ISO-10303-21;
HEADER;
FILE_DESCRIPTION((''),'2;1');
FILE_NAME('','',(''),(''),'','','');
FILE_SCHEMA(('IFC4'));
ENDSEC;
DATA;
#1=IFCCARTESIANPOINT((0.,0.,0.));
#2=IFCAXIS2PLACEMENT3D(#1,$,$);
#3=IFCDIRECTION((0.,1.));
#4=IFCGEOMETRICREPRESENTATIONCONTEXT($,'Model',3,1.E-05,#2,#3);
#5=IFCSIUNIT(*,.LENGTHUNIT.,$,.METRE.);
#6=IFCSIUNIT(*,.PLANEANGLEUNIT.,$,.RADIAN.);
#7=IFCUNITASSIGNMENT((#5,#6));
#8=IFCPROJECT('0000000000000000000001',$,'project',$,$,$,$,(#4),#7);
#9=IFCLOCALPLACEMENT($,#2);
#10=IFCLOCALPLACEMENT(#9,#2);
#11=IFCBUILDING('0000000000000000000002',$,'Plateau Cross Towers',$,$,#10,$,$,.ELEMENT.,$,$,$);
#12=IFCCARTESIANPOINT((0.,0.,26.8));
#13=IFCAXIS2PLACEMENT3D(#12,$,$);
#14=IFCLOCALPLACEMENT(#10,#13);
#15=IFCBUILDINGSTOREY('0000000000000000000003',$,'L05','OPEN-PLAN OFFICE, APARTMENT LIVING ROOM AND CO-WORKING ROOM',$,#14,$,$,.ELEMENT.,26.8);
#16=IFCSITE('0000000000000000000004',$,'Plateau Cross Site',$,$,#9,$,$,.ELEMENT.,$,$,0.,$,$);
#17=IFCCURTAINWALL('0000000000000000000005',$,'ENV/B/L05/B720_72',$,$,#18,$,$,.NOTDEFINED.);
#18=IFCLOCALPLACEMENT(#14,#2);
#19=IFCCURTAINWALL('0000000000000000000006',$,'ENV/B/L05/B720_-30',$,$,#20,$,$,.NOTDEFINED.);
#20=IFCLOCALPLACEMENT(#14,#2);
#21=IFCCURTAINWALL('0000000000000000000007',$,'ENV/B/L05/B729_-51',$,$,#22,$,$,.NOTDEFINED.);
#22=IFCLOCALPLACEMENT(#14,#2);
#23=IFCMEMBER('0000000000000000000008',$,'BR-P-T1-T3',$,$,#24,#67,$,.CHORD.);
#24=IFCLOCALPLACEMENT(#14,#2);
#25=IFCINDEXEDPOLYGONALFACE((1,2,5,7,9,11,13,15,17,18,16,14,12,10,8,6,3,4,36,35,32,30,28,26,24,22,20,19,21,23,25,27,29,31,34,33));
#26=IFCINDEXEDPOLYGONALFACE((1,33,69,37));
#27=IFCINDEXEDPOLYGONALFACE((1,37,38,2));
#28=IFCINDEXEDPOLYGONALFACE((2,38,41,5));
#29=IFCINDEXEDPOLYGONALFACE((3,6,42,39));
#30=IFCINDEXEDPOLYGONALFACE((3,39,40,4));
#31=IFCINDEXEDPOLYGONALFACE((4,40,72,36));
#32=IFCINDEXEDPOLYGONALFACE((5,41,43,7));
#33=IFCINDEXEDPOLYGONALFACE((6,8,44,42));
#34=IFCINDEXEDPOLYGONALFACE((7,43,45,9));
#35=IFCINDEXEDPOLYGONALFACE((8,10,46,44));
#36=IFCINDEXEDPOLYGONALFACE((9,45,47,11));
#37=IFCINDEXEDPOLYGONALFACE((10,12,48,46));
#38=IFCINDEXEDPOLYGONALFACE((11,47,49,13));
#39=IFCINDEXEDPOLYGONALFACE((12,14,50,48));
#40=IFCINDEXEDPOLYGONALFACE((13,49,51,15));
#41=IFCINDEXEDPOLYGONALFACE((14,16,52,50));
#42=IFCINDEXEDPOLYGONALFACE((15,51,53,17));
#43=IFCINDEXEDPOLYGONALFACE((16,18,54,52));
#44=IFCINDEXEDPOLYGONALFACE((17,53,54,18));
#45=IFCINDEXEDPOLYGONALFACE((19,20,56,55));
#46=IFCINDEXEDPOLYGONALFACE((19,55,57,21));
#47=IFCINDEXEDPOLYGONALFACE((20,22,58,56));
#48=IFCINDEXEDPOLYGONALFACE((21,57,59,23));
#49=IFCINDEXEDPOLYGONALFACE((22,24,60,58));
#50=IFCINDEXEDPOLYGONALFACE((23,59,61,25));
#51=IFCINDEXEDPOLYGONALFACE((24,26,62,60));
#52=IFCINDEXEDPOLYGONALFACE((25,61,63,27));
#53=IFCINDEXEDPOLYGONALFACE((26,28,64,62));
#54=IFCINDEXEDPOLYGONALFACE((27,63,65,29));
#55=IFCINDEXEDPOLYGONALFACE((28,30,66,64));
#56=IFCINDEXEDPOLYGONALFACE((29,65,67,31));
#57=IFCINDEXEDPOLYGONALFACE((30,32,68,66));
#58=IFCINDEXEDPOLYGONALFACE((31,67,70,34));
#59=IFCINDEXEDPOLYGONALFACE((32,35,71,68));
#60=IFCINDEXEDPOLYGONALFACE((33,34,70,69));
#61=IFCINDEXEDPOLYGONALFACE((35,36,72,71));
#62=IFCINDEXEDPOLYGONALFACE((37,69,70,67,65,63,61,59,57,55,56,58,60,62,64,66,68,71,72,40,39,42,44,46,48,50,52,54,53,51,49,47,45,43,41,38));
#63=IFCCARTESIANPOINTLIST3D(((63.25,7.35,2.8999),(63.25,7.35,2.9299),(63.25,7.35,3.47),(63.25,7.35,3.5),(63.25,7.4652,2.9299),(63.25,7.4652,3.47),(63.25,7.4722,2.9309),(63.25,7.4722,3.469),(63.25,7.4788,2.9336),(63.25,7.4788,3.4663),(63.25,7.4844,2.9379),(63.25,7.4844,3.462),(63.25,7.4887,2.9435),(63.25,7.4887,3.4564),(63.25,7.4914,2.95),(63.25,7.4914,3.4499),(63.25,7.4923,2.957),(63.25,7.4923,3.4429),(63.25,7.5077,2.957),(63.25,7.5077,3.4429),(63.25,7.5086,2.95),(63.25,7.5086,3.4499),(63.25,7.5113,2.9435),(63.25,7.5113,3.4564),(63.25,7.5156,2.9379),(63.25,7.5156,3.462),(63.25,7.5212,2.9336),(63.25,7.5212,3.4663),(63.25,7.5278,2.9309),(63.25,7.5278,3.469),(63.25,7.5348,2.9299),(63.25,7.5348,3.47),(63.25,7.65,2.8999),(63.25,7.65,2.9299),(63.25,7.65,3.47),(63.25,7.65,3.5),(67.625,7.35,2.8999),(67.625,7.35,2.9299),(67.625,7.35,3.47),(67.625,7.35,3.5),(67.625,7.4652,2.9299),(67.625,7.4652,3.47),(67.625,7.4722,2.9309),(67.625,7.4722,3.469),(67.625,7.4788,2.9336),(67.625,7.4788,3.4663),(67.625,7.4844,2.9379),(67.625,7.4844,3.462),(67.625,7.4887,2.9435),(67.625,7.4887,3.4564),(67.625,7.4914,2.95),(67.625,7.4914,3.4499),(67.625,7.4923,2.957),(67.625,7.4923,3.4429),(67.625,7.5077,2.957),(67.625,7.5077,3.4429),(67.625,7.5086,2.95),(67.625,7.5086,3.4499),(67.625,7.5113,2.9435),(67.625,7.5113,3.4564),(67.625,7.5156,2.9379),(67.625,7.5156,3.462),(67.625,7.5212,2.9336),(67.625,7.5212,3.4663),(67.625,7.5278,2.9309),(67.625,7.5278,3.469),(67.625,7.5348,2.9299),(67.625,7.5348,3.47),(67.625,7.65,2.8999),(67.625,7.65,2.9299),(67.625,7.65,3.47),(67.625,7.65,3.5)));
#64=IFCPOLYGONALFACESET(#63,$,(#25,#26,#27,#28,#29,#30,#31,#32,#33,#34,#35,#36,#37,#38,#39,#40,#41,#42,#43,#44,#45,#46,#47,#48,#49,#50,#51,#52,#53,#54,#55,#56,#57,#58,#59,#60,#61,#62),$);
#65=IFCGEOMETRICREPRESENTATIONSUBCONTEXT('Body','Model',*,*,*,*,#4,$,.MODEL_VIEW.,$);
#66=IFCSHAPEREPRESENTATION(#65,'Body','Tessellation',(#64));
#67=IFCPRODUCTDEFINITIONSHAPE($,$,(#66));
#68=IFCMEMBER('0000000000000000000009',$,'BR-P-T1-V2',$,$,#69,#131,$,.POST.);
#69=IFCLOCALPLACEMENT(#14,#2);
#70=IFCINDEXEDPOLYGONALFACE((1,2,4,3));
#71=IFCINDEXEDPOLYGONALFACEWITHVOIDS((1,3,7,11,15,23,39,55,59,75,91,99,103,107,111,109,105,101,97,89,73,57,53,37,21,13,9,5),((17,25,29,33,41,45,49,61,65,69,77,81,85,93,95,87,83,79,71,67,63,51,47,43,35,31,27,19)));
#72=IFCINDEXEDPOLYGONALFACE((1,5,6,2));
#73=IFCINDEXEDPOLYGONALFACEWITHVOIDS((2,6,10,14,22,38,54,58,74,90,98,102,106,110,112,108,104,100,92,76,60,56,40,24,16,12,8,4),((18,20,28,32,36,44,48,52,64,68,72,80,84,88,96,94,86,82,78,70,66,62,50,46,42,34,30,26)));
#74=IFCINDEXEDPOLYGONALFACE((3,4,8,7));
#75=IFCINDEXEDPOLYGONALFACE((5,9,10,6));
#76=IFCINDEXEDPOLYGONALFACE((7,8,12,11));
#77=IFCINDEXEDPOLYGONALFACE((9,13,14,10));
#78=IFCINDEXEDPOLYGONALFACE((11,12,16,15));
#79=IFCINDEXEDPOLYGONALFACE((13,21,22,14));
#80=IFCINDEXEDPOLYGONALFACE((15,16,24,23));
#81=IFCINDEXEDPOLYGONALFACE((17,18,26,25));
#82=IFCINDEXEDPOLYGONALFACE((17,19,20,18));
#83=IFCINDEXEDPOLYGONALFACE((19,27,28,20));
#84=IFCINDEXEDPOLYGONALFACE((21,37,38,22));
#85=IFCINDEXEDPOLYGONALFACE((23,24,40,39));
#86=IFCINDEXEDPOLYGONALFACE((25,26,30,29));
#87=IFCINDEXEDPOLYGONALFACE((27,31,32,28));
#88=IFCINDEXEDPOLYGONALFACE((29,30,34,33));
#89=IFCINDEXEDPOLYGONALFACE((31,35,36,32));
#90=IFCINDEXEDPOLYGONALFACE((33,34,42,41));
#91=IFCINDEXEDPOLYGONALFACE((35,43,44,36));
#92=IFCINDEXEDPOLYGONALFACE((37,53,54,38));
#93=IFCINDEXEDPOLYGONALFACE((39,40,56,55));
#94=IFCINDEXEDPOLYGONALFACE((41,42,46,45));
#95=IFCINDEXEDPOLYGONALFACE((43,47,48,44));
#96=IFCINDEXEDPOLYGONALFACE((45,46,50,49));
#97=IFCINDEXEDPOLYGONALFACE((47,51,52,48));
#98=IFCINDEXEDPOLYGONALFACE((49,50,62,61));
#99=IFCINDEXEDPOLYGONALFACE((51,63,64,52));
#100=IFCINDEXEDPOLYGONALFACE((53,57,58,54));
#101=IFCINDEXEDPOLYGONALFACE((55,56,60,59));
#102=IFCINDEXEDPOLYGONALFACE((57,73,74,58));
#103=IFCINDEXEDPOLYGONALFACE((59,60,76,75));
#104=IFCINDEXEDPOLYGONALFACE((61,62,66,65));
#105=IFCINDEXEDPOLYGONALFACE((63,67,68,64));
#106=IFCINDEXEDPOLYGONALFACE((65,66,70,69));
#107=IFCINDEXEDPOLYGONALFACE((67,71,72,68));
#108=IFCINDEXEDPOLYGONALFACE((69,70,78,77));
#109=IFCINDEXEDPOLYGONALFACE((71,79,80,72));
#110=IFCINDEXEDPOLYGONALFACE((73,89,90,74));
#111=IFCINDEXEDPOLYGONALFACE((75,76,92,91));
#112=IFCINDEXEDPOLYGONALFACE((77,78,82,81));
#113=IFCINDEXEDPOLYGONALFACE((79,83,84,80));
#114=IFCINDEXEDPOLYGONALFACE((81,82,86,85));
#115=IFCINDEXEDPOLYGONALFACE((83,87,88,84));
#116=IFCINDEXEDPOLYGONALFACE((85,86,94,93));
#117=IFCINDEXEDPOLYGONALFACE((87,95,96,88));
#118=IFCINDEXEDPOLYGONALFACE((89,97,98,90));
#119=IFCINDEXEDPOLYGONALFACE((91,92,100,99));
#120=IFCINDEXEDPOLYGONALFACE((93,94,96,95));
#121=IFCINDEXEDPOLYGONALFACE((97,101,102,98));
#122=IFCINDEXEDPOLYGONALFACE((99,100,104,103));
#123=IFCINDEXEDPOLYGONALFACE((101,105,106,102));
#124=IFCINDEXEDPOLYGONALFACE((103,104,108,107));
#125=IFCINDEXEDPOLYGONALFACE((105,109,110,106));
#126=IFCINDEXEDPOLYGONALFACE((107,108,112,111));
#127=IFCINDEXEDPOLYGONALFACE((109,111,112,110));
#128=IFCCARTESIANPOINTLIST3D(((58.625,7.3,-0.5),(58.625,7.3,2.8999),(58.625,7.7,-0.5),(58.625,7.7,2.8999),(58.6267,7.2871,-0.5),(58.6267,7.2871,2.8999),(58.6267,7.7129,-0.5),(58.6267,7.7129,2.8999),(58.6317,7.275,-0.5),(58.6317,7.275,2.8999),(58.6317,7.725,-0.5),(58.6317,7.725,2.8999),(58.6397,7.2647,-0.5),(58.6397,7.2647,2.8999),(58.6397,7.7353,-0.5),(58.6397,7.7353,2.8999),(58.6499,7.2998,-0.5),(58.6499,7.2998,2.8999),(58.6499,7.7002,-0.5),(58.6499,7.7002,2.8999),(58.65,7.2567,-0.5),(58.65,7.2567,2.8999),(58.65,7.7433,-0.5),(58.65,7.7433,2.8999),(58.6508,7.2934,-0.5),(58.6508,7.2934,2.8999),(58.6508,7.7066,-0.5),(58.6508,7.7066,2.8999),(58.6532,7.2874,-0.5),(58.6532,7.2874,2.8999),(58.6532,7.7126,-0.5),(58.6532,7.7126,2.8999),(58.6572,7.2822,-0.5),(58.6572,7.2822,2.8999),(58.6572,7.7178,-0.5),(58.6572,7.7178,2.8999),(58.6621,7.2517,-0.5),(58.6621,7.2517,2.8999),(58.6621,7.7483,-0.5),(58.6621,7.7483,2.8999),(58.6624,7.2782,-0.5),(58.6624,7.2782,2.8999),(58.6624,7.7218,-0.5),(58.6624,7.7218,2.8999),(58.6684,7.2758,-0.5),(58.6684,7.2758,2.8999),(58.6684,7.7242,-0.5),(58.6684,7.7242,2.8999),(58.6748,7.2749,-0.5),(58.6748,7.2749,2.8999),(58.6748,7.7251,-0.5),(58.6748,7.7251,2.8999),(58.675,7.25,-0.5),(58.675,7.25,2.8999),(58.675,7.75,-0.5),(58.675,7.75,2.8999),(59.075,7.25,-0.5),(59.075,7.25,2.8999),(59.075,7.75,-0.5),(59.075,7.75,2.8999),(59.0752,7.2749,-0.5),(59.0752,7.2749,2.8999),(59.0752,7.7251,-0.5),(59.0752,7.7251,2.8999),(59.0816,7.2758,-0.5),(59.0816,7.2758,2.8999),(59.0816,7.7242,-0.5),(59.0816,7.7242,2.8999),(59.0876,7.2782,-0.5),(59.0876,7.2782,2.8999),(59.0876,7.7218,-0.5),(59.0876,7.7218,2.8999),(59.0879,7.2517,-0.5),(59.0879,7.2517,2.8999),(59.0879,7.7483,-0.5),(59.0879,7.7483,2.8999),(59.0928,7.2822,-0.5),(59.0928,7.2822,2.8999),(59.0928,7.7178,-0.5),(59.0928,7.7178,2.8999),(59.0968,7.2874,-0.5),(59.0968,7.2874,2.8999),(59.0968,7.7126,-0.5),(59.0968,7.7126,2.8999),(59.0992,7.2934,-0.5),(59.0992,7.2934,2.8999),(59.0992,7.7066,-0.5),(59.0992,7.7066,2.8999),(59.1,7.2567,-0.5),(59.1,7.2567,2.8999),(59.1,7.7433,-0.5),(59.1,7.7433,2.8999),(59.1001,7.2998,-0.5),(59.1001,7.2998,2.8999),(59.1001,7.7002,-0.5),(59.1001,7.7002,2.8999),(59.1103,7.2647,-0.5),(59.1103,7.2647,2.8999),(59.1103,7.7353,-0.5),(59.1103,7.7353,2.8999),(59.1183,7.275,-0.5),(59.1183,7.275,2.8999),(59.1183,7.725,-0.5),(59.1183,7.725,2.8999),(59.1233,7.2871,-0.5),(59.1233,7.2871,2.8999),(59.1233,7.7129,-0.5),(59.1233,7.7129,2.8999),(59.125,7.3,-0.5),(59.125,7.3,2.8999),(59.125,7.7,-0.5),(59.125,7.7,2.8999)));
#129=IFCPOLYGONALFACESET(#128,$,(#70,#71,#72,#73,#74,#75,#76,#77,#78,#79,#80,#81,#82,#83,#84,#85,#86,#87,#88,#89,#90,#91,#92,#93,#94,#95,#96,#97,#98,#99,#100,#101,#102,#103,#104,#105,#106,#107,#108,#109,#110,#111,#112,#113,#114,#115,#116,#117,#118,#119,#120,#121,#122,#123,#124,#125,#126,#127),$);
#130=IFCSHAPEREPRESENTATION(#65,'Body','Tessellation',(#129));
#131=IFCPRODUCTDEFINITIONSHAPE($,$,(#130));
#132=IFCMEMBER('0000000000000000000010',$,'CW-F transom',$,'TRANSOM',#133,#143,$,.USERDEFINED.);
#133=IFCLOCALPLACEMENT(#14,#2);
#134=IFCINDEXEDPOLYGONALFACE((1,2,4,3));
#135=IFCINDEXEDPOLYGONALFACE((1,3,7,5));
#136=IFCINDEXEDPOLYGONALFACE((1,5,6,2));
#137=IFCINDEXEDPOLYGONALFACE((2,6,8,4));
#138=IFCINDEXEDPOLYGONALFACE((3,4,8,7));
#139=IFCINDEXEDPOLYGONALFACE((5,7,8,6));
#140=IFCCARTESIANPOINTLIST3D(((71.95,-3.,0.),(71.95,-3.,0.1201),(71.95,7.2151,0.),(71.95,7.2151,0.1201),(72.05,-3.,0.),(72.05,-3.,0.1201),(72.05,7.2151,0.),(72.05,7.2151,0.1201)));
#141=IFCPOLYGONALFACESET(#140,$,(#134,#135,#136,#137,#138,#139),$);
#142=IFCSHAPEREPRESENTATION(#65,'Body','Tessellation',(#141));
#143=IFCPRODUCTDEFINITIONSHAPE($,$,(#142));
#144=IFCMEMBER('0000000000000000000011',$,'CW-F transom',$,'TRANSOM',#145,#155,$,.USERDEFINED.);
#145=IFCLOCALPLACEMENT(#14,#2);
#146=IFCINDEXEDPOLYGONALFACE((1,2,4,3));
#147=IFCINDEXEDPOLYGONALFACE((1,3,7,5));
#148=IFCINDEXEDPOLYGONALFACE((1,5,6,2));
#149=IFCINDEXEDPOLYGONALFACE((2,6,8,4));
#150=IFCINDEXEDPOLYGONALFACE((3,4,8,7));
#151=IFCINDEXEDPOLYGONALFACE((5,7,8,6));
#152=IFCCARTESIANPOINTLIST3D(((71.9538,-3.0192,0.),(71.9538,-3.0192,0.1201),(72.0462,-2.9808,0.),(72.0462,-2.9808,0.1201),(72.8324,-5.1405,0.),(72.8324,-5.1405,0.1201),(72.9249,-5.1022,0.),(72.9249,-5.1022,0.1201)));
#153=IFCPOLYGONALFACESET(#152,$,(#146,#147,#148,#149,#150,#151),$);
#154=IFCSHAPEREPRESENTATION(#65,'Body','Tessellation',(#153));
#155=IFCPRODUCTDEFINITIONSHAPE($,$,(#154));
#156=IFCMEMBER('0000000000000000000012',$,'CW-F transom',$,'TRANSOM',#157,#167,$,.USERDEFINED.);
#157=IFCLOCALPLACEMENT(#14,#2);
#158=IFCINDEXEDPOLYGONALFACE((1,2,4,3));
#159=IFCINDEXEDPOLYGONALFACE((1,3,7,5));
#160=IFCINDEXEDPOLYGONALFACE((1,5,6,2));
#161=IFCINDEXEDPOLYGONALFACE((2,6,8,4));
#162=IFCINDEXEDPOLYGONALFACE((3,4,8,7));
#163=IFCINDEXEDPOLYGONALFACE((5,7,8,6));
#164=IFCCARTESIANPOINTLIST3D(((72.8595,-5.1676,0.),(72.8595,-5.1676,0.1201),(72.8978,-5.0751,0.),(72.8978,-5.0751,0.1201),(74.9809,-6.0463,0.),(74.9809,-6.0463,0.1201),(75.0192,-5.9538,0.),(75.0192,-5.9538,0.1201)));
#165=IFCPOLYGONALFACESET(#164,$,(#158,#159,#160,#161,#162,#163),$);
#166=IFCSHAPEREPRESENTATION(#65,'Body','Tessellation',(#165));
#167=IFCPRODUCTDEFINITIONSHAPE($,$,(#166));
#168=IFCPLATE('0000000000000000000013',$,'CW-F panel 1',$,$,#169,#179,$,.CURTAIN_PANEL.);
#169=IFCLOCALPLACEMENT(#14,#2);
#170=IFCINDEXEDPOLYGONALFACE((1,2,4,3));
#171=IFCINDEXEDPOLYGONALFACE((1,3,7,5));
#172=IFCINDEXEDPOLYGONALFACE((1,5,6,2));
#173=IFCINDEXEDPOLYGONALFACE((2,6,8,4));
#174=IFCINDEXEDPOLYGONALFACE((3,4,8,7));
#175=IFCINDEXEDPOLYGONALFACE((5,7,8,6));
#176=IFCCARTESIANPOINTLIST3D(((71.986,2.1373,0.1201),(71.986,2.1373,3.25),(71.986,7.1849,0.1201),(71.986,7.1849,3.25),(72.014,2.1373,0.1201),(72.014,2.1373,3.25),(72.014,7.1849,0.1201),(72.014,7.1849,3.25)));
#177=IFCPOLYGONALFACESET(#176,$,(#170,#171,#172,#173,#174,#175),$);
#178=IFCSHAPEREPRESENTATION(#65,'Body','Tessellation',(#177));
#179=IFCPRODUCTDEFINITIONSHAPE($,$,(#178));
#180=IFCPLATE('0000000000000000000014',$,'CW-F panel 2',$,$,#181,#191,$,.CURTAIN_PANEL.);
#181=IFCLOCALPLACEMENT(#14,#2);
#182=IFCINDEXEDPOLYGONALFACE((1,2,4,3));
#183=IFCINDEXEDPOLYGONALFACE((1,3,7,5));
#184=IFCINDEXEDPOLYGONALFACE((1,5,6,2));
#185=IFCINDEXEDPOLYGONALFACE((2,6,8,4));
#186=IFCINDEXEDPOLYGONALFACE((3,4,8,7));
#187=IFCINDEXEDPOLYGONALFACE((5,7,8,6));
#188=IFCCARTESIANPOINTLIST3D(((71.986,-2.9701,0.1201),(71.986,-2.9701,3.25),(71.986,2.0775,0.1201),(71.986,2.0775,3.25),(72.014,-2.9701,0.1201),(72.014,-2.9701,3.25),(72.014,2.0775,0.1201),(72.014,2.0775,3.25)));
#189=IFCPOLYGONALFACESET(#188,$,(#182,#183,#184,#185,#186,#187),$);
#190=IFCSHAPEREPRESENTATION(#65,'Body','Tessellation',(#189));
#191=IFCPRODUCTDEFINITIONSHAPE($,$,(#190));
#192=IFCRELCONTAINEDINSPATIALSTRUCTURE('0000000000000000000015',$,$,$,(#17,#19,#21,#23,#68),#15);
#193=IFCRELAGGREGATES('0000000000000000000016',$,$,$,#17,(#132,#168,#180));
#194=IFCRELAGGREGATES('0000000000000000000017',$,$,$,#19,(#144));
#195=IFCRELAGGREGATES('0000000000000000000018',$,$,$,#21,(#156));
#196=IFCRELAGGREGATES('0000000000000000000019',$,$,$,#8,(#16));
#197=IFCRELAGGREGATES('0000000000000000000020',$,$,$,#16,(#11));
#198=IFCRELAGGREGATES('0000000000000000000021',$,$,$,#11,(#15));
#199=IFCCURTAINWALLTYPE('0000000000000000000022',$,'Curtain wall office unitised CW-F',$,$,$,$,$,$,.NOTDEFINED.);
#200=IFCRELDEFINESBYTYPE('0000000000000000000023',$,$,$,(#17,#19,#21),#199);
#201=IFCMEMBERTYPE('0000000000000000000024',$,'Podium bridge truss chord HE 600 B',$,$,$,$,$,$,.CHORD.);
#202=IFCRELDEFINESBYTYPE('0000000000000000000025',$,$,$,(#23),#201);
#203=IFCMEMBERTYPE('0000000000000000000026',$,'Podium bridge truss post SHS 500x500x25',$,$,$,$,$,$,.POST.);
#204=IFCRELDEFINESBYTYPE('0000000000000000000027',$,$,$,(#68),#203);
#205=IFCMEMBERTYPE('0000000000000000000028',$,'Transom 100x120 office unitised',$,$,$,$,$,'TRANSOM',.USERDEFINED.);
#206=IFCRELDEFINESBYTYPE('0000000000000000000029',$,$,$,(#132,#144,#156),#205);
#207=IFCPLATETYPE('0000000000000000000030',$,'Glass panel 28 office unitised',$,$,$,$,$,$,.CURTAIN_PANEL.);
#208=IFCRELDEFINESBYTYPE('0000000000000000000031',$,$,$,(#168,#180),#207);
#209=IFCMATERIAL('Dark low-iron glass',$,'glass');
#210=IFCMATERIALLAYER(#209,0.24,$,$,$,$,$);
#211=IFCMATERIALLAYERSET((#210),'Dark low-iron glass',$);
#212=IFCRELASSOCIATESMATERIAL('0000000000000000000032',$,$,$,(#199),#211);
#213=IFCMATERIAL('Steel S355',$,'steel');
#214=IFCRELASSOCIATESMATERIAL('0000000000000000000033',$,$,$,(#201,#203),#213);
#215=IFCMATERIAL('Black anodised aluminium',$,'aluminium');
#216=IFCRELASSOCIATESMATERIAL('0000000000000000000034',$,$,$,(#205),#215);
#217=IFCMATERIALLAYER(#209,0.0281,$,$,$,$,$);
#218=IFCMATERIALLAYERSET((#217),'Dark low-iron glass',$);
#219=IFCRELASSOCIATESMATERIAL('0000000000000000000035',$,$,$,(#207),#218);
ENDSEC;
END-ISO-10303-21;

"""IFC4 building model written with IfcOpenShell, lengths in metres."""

from ifc_helpers import new_model, si_unit, direction, frame, origin, origin_2d, place, context, subcontext, project, spatial, rectangle, hollow_rectangle, i_section, extrude, material, layer, layer_set, material_profile, profile_set, type_object, element, aggregate, save


model = new_model("IFC4")

# Units and contexts
model_context = context("Model", 3, precision=1e-05, world=origin(), true_north=direction((0.0, 1.0)))
body_context = subcontext(model_context, "Body", "Model", "MODEL_VIEW")
ifc_project = project(units=[si_unit("LENGTHUNIT", "METRE"), si_unit("PLANEANGLEUNIT", "RADIAN")], contexts=[model_context])

# Site, building, storey
site_placement = place(None, origin())
site = spatial("IfcSite", under=ifc_project, at=site_placement, Name="Plateau Cross Site", CompositionType="ELEMENT", RefElevation=0.0)
building_placement = place(site_placement, origin())
building = spatial("IfcBuilding", under=site, at=building_placement, Name="Plateau Cross Towers", CompositionType="ELEMENT")
storey_placement = place(building_placement, frame((0.0, 0.0, 26.8)))
storey = spatial("IfcBuildingStorey", under=building, at=storey_placement, Name="L05", Description="OPEN-PLAN OFFICE, APARTMENT LIVING ROOM AND CO-WORKING ROOM", CompositionType="ELEMENT", Elevation=26.8)

# Shared definitions
ifc_material_1 = material(Name="Steel S355", Category="steel")

# Curtain wall
ifc_material_2 = material(Name="Dark low-iron glass", Category="glass")
ifc_layer_1 = layer(ifc_material_2, 0.24)
ifc_layer_set_1 = layer_set([ifc_layer_1], Name="Dark low-iron glass")
curtain_wall_type = type_object("IfcCurtainWallType", Name="Curtain wall office unitised CW-F", PredefinedType="NOTDEFINED", material=ifc_layer_set_1)
curtain_wall_1_placement = place(storey_placement, origin())
curtain_wall_1 = element("IfcCurtainWall", 1, at=curtain_wall_1_placement, inside=storey, type_object=curtain_wall_type, Name="ENV/B/L05/B720_72", PredefinedType="NOTDEFINED")
ifc_material_3 = material(Name="Black anodised aluminium", Category="aluminium")

# Curtain walls
curtain_wall_2_placement = place(storey_placement, origin())
curtain_wall_2 = element("IfcCurtainWall", 2, at=curtain_wall_2_placement, inside=storey, type_object=curtain_wall_type, Name="ENV/B/L05/B720_-30", PredefinedType="NOTDEFINED")
curtain_wall_3_placement = place(storey_placement, origin())
curtain_wall_3 = element("IfcCurtainWall", 3, at=curtain_wall_3_placement, inside=storey, type_object=curtain_wall_type, Name="ENV/B/L05/B729_-51", PredefinedType="NOTDEFINED")

# Members
ifc_material_profile_1 = material_profile(ifc_material_1, i_section(OverallWidth=0.3, OverallDepth=0.6001, WebThickness=0.0154, FlangeThickness=0.03, FilletRadius=0.0271, at=origin_2d()), Name="HE 600 B")
ifc_profile_set_1 = profile_set([ifc_material_profile_1], Name="Steel S355")
member_type_1 = type_object("IfcMemberType", Name="Podium bridge truss chord HE 600 B", PredefinedType="CHORD", material=ifc_profile_set_1)
for number, where, z_axis, x_axis, name in (
    (4, (63.25, 7.5, 3.2), (1.0, 0.0, 0.0), (0.0, 1.0, 0.0), "BR-P-T1-T3"),
):
    element("IfcMember", number, at=place(storey_placement, frame(where, z_axis=z_axis, x_axis=x_axis)), inside=storey, type_object=member_type_1, Name=name, PredefinedType="CHORD", context=body_context, shape_type="SweptSolid", body=[
        extrude(i_section(OverallWidth=0.3, OverallDepth=0.6001, WebThickness=0.0154, FlangeThickness=0.03, FilletRadius=0.0271, at=origin_2d()), origin(), (0.0, 0.0, 1.0), 4.375),
    ])
ifc_material_profile_2 = material_profile(ifc_material_1, hollow_rectangle(XDim=0.5, YDim=0.5, WallThickness=0.0249, InnerFilletRadius=0.0249, OuterFilletRadius=0.05, at=origin_2d()), Name="SHS 500x500x25")
ifc_profile_set_2 = profile_set([ifc_material_profile_2], Name="Steel S355")
member_type_2 = type_object("IfcMemberType", Name="Podium bridge truss post SHS 500x500x25", PredefinedType="POST", material=ifc_profile_set_2)
member_1_placement = place(storey_placement, frame((58.875, 7.5, -0.5), z_axis=(0.0, 0.0, 1.0), x_axis=(1.0, 0.0, 0.0)))
element("IfcMember", 5, at=member_1_placement, inside=storey, type_object=member_type_2, Name="BR-P-T1-V2", PredefinedType="POST", context=body_context, shape_type="SweptSolid", body=[
    extrude(hollow_rectangle(XDim=0.5, YDim=0.5, WallThickness=0.0249, InnerFilletRadius=0.0249, OuterFilletRadius=0.05, at=origin_2d()), origin(), (0.0, 0.0, 1.0), 3.3999),
])

# Members
ifc_material_profile_3 = material_profile(ifc_material_3, rectangle(XDim=0.1001, YDim=0.1201, at=origin_2d()), Name="TRANSOM 100x120")
ifc_profile_set_3 = profile_set([ifc_material_profile_3], Name="Black anodised aluminium")
member_type_3 = type_object("IfcMemberType", Name="Transom 100x120 office unitised", ElementType="TRANSOM", PredefinedType="USERDEFINED", material=ifc_profile_set_3)
member_2_placement = place(storey_placement, frame((72.0, 7.2151, 0.0601), z_axis=(0.0, -1.0, 0.0), x_axis=(1.0, 0.0, 0.0)))
member_2 = element("IfcMember", 6, at=member_2_placement, type_object=member_type_3, Name="CW-F transom", ObjectType="TRANSOM", PredefinedType="USERDEFINED", context=body_context, shape_type="SweptSolid", body=[
    extrude(rectangle(XDim=0.1001, YDim=0.1201, at=origin_2d()), origin(), (0.0, 0.0, 1.0), 10.2151),
])
member_3_placement = place(storey_placement, frame((72.0, -3.0, 0.0601), z_axis=(0.382674, -0.923883, 0.0), x_axis=(0.923883, 0.382674, 0.0)))
member_3 = element("IfcMember", 7, at=member_3_placement, type_object=member_type_3, Name="CW-F transom", ObjectType="TRANSOM", PredefinedType="USERDEFINED", context=body_context, shape_type="SweptSolid", body=[
    extrude(rectangle(XDim=0.1001, YDim=0.1201, at=origin_2d()), origin(), (0.0, 0.0, 1.0), 2.2961),
])
member_4_placement = place(storey_placement, frame((72.8787, -5.1213, 0.0601), z_axis=(0.923883, -0.382674, 0.0), x_axis=(0.382674, 0.923883, 0.0)))
member_4 = element("IfcMember", 8, at=member_4_placement, type_object=member_type_3, Name="CW-F transom", ObjectType="TRANSOM", PredefinedType="USERDEFINED", context=body_context, shape_type="SweptSolid", body=[
    extrude(rectangle(XDim=0.1001, YDim=0.1201, at=origin_2d()), origin(), (0.0, 0.0, 1.0), 2.2961),
])

# Plates
ifc_layer_2 = layer(ifc_material_2, 0.0281)
ifc_layer_set_2 = layer_set([ifc_layer_2], Name="Dark low-iron glass")
plate_type = type_object("IfcPlateType", Name="Glass panel 28 office unitised", PredefinedType="CURTAIN_PANEL", material=ifc_layer_set_2)
plate_1_placement = place(storey_placement, frame((72.0, 4.6611, 0.1201), z_axis=(0.0, 0.0, 1.0), x_axis=(0.0, -1.0, 0.0)))
plate_1 = element("IfcPlate", 9, at=plate_1_placement, type_object=plate_type, Name="CW-F panel 1", PredefinedType="CURTAIN_PANEL", context=body_context, shape_type="SweptSolid", body=[
    extrude(rectangle(XDim=5.0476, YDim=0.0281, at=origin_2d()), origin(), (0.0, 0.0, 1.0), 3.1299),
])
plate_2_placement = place(storey_placement, frame((72.0, -0.4463, 0.1201), z_axis=(0.0, 0.0, 1.0), x_axis=(0.0, -1.0, 0.0)))
plate_2 = element("IfcPlate", 10, at=plate_2_placement, type_object=plate_type, Name="CW-F panel 2", PredefinedType="CURTAIN_PANEL", context=body_context, shape_type="SweptSolid", body=[
    extrude(rectangle(XDim=5.0476, YDim=0.0281, at=origin_2d()), origin(), (0.0, 0.0, 1.0), 3.1299),
])
aggregate(curtain_wall_1, [member_2, plate_1, plate_2])
aggregate(curtain_wall_2, [member_3])
aggregate(curtain_wall_3, [member_4])

save(model, "model.ifc")
